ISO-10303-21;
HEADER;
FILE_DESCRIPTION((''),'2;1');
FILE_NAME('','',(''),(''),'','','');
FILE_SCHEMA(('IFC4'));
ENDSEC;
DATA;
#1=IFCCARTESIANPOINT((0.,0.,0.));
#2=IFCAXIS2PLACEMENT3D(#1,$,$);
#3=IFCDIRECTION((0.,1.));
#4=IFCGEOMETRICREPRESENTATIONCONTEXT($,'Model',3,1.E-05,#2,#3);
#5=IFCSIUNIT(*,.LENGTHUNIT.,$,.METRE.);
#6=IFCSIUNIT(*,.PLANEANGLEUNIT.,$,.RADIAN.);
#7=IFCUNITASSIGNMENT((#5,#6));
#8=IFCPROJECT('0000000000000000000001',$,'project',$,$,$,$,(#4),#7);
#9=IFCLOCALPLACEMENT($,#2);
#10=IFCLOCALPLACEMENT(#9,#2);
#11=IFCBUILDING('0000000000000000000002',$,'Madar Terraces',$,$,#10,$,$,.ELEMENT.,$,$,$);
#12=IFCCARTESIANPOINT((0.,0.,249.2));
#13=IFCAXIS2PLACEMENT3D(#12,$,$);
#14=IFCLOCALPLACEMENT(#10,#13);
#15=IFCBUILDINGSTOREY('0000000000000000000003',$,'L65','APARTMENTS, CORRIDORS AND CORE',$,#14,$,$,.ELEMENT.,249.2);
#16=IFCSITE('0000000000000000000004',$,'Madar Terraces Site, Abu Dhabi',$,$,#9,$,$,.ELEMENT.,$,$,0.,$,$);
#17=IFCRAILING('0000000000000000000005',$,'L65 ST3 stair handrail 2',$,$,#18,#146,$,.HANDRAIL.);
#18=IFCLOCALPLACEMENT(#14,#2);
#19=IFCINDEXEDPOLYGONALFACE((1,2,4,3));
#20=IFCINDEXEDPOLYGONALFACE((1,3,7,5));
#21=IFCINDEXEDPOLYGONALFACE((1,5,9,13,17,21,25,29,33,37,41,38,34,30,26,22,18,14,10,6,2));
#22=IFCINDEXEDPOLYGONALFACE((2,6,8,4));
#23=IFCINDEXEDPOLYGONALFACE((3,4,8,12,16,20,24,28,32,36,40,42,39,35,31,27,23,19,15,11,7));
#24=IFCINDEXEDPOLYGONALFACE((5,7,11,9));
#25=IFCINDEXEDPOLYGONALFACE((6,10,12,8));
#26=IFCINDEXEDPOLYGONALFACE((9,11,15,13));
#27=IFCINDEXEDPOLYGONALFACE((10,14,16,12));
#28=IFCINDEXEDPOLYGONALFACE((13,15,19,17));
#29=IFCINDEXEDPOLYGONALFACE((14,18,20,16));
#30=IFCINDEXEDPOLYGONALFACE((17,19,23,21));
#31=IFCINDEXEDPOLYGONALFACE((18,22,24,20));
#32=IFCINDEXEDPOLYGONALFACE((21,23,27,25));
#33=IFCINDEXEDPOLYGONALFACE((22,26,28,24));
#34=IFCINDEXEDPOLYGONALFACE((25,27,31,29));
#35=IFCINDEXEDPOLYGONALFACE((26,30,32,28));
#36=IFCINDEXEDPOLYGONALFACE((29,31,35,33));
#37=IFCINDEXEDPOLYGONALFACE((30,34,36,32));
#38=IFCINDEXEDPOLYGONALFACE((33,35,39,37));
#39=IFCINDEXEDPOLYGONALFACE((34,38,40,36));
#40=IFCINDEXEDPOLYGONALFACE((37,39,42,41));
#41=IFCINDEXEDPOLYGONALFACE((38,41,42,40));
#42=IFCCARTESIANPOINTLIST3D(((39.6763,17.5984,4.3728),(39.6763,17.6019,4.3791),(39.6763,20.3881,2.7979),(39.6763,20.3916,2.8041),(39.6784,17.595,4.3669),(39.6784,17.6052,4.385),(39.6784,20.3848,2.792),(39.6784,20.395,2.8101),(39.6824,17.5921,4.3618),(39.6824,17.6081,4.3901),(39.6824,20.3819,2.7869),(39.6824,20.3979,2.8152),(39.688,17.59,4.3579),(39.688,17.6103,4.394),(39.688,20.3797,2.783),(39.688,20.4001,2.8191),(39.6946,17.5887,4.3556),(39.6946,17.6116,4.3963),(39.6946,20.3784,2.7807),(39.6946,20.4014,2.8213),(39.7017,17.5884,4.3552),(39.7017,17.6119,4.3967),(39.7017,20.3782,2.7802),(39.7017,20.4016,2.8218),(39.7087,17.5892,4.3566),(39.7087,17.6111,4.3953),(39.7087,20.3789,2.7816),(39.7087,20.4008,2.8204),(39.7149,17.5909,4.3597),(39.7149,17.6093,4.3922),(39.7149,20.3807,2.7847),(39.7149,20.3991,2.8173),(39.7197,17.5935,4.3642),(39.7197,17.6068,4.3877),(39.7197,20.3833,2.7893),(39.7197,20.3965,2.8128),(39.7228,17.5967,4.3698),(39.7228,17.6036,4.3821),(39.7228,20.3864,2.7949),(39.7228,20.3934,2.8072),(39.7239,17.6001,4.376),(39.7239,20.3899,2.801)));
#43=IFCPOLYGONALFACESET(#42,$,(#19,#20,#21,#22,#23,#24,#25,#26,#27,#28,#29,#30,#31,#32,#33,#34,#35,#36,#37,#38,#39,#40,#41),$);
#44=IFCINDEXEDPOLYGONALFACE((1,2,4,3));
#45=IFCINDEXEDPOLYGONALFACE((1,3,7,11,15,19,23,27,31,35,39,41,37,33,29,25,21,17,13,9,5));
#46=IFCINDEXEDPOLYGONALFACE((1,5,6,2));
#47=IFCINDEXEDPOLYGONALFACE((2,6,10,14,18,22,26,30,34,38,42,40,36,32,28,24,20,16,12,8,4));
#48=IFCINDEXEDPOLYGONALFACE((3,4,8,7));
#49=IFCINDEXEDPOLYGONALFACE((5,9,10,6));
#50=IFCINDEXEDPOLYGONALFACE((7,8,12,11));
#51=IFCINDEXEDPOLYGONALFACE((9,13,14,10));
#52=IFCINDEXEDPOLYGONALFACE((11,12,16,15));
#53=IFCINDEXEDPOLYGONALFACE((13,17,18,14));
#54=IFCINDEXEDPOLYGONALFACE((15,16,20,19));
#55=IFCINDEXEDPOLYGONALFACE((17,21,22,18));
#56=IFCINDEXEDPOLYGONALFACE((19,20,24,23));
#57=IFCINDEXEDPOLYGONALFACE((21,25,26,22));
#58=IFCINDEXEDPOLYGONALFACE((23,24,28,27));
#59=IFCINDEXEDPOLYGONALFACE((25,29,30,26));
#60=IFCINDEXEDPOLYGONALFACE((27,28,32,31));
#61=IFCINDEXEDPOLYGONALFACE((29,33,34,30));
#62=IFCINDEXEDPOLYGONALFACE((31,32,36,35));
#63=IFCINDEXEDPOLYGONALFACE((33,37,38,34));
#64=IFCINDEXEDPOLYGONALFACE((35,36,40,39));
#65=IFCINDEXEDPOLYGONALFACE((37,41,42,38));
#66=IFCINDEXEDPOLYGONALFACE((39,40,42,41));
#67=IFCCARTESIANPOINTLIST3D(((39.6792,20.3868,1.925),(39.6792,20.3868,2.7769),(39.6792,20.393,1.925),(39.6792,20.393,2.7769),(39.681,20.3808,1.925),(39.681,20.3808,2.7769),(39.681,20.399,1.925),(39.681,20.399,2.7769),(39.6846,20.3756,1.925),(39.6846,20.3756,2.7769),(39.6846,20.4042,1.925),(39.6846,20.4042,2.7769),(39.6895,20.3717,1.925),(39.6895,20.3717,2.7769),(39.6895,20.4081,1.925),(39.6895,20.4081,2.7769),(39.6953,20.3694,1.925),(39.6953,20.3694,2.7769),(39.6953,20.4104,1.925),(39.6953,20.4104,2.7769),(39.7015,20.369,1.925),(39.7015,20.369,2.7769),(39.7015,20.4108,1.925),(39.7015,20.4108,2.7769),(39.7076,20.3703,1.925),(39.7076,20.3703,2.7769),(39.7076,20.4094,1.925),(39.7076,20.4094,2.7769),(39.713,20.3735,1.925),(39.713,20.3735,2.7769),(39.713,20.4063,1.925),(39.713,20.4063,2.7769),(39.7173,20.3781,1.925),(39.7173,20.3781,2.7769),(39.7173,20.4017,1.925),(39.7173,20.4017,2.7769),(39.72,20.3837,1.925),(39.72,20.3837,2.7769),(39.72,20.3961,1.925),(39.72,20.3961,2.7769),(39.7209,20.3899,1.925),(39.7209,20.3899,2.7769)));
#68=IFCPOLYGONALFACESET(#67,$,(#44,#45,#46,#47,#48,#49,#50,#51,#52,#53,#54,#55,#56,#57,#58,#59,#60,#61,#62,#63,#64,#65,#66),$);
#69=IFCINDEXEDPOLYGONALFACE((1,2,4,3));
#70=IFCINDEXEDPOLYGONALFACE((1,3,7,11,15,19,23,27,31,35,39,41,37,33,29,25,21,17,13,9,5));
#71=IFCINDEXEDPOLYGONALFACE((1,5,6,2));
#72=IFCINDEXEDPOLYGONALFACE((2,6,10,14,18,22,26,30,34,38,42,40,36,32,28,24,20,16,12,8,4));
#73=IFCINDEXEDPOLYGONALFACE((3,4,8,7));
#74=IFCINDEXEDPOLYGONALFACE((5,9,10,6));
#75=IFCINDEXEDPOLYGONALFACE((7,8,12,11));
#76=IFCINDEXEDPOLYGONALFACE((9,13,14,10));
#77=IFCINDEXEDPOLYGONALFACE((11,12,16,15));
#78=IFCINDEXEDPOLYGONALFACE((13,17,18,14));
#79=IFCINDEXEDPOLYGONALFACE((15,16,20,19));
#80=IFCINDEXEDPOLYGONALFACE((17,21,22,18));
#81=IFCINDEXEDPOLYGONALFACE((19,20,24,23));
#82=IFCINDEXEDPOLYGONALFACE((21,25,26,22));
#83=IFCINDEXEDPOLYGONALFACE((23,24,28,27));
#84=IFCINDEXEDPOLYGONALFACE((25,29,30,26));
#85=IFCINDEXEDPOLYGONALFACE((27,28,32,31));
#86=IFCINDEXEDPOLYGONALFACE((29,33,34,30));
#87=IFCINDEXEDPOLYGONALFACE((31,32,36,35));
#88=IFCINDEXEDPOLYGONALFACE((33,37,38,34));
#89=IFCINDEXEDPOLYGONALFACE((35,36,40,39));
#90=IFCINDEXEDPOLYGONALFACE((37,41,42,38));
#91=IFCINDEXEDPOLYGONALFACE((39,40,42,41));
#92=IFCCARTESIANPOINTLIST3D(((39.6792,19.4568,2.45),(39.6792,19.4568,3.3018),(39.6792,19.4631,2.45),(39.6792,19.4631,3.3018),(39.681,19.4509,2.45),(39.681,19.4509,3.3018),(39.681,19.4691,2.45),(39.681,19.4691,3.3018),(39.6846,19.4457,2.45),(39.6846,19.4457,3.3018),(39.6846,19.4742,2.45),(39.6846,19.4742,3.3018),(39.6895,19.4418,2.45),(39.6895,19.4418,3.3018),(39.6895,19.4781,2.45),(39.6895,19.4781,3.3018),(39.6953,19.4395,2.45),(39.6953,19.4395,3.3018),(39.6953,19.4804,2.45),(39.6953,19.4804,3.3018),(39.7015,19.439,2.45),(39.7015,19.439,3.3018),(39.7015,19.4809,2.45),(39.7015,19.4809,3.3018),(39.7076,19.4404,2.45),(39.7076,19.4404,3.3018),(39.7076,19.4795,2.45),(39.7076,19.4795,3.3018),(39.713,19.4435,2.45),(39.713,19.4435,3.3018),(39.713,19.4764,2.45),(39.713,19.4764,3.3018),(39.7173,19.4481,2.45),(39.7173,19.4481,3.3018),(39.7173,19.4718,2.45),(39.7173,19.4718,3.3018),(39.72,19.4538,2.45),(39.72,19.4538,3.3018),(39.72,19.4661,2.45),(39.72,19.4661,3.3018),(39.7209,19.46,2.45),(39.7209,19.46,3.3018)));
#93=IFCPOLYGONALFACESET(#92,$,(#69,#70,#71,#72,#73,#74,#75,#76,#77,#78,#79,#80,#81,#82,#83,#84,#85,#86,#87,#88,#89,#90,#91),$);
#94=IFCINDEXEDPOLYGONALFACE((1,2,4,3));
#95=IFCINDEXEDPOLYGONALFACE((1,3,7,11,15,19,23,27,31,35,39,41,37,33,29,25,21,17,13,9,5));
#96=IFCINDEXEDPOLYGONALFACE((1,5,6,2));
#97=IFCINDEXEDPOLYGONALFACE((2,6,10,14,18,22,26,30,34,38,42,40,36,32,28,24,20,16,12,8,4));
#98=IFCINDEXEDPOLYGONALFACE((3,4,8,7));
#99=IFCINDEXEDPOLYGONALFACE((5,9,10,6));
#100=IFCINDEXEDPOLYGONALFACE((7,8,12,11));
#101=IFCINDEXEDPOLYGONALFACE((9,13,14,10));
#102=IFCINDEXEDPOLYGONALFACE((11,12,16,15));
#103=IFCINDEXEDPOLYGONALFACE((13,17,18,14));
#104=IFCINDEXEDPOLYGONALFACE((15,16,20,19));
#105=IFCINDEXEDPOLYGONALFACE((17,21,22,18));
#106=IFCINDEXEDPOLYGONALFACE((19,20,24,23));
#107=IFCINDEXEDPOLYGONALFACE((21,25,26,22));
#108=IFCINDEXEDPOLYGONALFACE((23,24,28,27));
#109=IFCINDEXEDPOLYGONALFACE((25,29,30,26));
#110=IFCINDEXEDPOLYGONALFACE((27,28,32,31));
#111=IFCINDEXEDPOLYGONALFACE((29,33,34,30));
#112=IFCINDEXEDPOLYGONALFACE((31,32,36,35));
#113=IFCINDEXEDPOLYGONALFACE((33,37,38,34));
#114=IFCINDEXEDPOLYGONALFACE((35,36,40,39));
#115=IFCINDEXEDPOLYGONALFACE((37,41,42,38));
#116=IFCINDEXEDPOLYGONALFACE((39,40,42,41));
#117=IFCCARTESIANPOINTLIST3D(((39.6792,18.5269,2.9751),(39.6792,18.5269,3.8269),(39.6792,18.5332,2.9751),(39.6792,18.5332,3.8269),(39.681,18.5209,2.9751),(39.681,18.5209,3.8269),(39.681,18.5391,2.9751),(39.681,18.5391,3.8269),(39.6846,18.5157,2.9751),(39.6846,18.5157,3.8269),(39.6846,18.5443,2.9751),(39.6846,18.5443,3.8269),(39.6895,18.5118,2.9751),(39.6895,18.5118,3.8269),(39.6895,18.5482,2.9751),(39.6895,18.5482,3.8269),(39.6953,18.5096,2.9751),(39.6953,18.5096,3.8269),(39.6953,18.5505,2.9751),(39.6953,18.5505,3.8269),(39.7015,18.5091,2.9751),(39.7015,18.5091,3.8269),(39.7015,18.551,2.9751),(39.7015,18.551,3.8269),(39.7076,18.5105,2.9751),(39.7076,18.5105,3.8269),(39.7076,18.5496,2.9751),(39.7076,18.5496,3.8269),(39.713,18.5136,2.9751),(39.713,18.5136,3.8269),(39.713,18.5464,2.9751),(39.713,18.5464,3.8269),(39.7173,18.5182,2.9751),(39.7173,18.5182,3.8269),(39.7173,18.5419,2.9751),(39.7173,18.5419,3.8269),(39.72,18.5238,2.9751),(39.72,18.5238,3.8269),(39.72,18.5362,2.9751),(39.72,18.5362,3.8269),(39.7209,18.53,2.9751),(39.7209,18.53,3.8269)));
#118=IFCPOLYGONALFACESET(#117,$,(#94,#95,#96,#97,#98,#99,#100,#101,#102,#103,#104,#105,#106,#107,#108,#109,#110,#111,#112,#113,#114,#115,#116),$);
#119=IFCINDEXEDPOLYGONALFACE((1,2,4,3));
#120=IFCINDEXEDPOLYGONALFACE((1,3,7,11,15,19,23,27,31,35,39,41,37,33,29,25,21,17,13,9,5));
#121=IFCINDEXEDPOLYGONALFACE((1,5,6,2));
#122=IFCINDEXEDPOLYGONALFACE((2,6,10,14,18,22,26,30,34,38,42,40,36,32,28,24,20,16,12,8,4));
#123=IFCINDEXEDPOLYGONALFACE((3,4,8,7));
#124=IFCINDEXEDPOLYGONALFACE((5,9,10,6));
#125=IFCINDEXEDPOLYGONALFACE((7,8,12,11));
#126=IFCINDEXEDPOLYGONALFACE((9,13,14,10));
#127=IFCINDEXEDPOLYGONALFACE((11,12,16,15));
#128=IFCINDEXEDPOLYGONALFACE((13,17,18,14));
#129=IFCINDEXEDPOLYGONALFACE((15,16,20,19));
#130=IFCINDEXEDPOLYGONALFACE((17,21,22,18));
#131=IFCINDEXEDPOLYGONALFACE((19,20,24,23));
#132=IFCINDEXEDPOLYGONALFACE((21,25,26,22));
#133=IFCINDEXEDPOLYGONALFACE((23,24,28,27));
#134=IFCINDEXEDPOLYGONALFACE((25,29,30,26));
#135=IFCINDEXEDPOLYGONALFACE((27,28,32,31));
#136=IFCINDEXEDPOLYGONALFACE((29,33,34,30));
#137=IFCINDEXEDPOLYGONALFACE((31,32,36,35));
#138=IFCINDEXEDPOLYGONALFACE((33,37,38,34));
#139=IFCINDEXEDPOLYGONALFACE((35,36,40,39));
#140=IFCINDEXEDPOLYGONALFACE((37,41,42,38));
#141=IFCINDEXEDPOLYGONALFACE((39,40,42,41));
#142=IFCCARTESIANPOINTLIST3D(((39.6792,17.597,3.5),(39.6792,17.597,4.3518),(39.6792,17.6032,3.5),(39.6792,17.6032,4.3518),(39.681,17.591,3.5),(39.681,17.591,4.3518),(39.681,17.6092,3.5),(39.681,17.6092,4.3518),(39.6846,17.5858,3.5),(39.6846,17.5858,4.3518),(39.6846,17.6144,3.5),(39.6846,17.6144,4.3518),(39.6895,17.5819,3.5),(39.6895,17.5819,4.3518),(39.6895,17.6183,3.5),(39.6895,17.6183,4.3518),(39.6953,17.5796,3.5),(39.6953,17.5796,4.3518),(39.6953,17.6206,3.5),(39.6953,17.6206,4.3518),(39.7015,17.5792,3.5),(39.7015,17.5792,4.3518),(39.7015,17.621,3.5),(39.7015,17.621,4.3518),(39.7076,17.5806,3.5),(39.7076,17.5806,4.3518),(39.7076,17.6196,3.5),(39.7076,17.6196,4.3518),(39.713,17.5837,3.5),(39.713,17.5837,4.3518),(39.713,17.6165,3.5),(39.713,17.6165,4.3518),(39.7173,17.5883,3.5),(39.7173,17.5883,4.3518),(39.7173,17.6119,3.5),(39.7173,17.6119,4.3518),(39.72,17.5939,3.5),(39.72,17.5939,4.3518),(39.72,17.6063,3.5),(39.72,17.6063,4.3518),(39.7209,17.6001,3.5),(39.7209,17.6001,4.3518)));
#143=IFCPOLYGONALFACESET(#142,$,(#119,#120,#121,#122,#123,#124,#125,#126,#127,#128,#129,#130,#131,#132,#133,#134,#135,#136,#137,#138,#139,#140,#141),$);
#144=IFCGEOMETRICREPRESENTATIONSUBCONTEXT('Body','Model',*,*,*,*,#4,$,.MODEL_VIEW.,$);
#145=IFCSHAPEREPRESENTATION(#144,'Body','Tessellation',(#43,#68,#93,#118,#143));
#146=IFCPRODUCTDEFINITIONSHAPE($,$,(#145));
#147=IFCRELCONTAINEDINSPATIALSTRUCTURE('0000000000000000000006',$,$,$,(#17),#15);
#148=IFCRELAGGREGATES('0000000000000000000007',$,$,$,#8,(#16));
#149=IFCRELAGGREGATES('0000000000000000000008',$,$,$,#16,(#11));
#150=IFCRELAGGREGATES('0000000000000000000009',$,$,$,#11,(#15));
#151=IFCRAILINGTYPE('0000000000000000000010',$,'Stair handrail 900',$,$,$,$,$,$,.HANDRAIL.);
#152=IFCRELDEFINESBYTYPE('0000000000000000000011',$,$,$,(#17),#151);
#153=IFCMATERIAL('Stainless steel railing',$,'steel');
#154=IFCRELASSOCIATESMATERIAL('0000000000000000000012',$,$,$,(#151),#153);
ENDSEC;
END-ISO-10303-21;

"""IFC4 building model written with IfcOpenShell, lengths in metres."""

from ifc_helpers import new_model, si_unit, direction, frame, origin, origin_2d, place, context, subcontext, project, spatial, circle, extrude, material, type_object, element, save


model = new_model("IFC4")

# Units and contexts
model_context = context("Model", 3, precision=1e-05, world=origin(), true_north=direction((0.0, 1.0)))
body_context = subcontext(model_context, "Body", "Model", "MODEL_VIEW")
ifc_project = project(units=[si_unit("LENGTHUNIT", "METRE"), si_unit("PLANEANGLEUNIT", "RADIAN")], contexts=[model_context])

# Site, building, storey
site_placement = place(None, origin())
site = spatial("IfcSite", under=ifc_project, at=site_placement, Name="Madar Terraces Site, Abu Dhabi", CompositionType="ELEMENT", RefElevation=0.0)
building_placement = place(site_placement, origin())
building = spatial("IfcBuilding", under=site, at=building_placement, Name="Madar Terraces", CompositionType="ELEMENT")
storey_placement = place(building_placement, frame((0.0, 0.0, 249.2)))
storey = spatial("IfcBuildingStorey", under=building, at=storey_placement, Name="L65", Description="APARTMENTS, CORRIDORS AND CORE", CompositionType="ELEMENT", Elevation=249.2)

# Railing
ifc_material_1 = material(Name="Stainless steel railing", Category="steel")
railing_type_1 = type_object("IfcRailingType", Name="Stair handrail 900", PredefinedType="HANDRAIL", material=ifc_material_1)
railing_1_placement = place(storey_placement, frame((39.7, 20.3899, 1.925)))
element("IfcRailing", 1, at=railing_1_placement, inside=storey, type_object=railing_type_1, Name="L65 ST3 stair handrail 2", PredefinedType="HANDRAIL", context=body_context, shape_type="SweptSolid", body=[
    extrude(circle(Radius=0.0239, at=origin_2d()), frame((0.0, 0.0, 0.876), z_axis=(0.0, -0.870815, 0.49161), x_axis=(1.0, 0.0, 0.0)), (0.0, 0.0, 1.0), 3.2036),
    extrude(circle(Radius=0.021, at=origin_2d()), origin(), (0.0, 0.0, 1.0), 0.8518),
    extrude(circle(Radius=0.021, at=origin_2d()), frame((0.0, -0.9299, 0.5249)), (0.0, 0.0, 1.0), 0.8518),
    extrude(circle(Radius=0.021, at=origin_2d()), frame((0.0, -1.8599, 1.05)), (0.0, 0.0, 1.0), 0.8518),
    extrude(circle(Radius=0.021, at=origin_2d()), frame((0.0, -2.7898, 1.575)), (0.0, 0.0, 1.0), 0.8518),
])

save(model, "model.ifc")
